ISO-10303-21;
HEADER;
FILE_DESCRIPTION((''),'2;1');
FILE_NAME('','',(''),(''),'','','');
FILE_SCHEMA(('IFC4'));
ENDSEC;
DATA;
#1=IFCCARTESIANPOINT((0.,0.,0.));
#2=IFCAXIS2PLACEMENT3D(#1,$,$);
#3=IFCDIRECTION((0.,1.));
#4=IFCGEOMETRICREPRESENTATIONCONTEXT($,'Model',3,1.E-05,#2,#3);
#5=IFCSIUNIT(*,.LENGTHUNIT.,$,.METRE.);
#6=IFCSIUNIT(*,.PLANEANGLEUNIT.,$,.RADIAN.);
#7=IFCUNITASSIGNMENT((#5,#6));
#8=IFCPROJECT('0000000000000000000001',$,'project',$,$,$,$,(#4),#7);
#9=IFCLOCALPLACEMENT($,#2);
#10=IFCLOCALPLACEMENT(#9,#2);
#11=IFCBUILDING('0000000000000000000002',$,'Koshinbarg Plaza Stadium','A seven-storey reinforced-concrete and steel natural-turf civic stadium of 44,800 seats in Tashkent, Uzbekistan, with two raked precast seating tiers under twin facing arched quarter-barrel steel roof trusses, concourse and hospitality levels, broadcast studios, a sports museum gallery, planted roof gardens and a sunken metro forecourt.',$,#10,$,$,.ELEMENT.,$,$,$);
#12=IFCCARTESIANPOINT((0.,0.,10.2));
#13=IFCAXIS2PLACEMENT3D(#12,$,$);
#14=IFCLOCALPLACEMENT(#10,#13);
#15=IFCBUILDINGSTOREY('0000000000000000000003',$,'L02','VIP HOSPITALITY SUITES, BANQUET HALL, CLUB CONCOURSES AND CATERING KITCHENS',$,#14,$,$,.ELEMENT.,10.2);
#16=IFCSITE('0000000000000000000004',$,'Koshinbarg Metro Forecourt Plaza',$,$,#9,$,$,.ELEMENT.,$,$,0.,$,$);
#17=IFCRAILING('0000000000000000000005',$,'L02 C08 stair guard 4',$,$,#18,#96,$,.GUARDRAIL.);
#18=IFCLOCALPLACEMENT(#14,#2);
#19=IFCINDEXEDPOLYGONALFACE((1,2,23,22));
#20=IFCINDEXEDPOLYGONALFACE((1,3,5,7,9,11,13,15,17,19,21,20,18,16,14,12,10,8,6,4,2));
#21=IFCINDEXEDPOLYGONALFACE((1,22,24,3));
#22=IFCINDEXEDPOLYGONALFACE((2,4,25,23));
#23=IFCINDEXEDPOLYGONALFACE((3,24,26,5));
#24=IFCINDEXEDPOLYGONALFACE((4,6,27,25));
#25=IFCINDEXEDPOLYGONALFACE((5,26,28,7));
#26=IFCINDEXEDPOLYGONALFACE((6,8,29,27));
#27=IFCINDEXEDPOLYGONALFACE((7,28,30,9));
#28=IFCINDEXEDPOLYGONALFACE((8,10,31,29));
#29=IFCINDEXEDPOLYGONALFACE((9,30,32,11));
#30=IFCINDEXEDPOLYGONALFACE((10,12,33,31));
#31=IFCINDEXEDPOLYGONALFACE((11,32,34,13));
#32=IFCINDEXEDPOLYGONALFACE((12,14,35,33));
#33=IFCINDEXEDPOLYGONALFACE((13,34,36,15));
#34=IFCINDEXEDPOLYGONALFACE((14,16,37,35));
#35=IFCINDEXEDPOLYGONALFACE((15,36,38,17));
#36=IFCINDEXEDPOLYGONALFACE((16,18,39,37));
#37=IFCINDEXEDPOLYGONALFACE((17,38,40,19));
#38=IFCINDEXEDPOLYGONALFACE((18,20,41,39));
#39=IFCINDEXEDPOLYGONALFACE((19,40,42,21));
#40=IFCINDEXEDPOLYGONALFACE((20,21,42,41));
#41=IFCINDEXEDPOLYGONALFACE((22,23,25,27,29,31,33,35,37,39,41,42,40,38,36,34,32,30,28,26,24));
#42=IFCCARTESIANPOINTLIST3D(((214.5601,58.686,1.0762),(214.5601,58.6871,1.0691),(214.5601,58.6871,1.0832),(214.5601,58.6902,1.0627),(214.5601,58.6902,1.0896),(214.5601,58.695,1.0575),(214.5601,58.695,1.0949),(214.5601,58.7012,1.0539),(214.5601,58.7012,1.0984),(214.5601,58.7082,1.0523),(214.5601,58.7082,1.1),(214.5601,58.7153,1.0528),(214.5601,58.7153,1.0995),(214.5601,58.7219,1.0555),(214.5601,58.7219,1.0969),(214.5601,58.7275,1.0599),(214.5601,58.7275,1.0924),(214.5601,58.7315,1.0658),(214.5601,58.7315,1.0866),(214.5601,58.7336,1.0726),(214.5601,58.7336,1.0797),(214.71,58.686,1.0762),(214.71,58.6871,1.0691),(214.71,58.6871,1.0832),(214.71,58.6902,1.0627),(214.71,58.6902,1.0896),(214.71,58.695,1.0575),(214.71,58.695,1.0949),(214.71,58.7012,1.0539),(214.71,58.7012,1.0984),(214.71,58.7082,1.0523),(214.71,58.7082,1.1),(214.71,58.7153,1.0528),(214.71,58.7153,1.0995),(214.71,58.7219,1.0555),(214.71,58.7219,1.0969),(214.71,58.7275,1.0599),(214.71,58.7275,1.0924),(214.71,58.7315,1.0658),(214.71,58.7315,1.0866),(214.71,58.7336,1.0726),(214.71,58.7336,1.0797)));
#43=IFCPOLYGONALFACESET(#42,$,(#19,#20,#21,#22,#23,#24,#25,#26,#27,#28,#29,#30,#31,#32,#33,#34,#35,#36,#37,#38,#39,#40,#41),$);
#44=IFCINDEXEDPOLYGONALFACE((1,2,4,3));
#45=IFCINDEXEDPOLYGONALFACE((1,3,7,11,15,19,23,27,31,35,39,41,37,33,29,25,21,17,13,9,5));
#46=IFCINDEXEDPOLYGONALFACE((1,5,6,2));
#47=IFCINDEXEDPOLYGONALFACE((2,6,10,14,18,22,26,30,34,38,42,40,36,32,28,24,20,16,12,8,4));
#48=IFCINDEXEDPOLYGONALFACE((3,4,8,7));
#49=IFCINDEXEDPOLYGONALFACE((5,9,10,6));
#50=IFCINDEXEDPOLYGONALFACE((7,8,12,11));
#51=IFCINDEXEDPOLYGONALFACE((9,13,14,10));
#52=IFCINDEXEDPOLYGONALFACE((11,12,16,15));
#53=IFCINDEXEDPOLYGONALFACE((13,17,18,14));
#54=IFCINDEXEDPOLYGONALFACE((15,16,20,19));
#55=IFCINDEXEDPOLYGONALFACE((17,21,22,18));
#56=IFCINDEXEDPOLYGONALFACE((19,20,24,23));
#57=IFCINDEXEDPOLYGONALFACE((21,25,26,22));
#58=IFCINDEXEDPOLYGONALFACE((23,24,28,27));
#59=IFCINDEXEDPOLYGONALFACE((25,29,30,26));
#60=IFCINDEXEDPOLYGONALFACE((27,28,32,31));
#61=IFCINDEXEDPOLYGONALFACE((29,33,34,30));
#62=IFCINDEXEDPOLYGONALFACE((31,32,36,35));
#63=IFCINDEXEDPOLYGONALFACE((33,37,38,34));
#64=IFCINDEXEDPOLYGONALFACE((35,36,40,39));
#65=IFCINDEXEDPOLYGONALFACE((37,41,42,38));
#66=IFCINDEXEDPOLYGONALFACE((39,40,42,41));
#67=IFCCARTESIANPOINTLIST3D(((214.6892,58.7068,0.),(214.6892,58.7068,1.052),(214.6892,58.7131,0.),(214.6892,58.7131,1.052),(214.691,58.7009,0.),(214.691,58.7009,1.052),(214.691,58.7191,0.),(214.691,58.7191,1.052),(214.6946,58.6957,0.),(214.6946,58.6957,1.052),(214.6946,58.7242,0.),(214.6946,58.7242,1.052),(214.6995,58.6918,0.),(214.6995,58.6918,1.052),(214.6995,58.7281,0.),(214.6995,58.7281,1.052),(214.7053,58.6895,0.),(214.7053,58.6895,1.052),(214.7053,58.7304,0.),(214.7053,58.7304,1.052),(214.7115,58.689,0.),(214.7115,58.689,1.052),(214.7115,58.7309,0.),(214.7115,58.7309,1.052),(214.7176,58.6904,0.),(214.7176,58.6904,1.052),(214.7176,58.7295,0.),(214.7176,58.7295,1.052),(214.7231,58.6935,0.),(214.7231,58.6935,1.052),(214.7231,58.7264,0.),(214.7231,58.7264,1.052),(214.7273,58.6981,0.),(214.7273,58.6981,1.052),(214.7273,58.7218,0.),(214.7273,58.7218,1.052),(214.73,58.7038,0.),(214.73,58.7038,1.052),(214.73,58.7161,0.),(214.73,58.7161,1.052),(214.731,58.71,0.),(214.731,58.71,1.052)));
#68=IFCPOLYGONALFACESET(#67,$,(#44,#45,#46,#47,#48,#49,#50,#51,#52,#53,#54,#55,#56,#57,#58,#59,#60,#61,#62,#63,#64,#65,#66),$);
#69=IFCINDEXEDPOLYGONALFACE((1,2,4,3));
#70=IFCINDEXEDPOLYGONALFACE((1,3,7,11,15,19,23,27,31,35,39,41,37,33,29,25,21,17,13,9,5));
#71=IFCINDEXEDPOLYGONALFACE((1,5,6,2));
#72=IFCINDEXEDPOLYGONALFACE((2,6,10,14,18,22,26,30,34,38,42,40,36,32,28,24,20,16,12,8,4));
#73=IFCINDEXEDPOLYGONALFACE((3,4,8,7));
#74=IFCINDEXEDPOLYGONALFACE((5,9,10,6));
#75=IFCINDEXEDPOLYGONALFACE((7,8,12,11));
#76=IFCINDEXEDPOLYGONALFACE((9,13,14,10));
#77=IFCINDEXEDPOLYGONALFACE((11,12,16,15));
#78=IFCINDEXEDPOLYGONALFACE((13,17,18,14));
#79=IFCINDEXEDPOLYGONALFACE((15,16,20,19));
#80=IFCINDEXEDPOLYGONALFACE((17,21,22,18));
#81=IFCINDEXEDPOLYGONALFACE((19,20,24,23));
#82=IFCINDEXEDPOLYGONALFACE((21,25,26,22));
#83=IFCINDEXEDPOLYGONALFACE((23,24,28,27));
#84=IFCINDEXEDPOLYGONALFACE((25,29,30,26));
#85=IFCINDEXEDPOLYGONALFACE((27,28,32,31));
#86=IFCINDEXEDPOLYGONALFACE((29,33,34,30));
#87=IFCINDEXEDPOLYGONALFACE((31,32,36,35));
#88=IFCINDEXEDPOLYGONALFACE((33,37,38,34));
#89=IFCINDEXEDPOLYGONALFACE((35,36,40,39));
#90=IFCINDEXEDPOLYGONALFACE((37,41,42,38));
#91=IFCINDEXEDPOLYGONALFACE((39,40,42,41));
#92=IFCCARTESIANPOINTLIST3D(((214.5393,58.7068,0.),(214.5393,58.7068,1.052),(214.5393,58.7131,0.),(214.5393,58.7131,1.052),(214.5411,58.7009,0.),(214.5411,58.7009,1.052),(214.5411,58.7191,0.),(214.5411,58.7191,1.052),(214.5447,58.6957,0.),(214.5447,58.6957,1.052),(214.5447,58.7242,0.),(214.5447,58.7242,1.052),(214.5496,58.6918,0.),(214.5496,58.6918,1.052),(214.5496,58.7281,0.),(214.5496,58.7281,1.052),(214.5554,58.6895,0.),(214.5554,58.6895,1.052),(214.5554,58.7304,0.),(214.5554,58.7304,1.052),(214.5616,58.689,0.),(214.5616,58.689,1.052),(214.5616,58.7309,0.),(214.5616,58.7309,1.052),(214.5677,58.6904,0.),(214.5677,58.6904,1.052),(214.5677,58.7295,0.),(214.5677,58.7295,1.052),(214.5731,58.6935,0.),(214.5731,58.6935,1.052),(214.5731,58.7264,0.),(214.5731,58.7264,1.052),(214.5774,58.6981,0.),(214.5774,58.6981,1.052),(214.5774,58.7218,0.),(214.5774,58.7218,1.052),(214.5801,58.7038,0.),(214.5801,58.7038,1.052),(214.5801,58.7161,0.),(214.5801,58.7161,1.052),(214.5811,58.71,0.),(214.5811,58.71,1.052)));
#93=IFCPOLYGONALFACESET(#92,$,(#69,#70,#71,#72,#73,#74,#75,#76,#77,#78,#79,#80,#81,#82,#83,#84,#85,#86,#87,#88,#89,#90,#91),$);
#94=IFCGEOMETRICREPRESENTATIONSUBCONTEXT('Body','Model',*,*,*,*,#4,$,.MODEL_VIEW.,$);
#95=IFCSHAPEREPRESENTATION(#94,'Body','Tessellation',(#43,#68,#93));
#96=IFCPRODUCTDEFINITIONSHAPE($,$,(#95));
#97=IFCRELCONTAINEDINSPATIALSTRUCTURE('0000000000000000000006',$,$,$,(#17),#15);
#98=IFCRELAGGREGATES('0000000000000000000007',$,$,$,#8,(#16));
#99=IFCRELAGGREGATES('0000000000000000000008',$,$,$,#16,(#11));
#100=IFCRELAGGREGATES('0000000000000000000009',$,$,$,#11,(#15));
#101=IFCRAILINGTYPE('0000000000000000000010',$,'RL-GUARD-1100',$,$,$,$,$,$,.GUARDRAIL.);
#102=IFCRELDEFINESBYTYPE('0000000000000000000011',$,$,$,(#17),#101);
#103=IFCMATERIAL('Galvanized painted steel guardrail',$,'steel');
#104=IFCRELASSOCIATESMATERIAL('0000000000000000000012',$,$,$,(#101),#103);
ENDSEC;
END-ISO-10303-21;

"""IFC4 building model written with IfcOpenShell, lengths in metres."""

from ifc_helpers import new_model, si_unit, direction, frame, origin, origin_2d, place, context, subcontext, project, spatial, circle, extrude, material, type_object, element, save


model = new_model("IFC4")

# Units and contexts
model_context = context("Model", 3, precision=1e-05, world=origin(), true_north=direction((0.0, 1.0)))
body_context = subcontext(model_context, "Body", "Model", "MODEL_VIEW")
ifc_project = project(units=[si_unit("LENGTHUNIT", "METRE"), si_unit("PLANEANGLEUNIT", "RADIAN")], contexts=[model_context])

# Site, building, storey
site_placement = place(None, origin())
site = spatial("IfcSite", under=ifc_project, at=site_placement, Name="Koshinbarg Metro Forecourt Plaza", CompositionType="ELEMENT", RefElevation=0.0)
building_placement = place(site_placement, origin())
building = spatial("IfcBuilding", under=site, at=building_placement, Name="Koshinbarg Plaza Stadium", Description="A seven-storey reinforced-concrete and steel natural-turf civic stadium of 44,800 seats in Tashkent, Uzbekistan, with two raked precast seating tiers under twin facing arched quarter-barrel steel roof trusses, concourse and hospitality levels, broadcast studios, a sports museum gallery, planted roof gardens and a sunken metro forecourt.", CompositionType="ELEMENT")
storey_placement = place(building_placement, frame((0.0, 0.0, 10.2)))
storey = spatial("IfcBuildingStorey", under=building, at=storey_placement, Name="L02", Description="VIP HOSPITALITY SUITES, BANQUET HALL, CLUB CONCOURSES AND CATERING KITCHENS", CompositionType="ELEMENT", Elevation=10.2)

# Railing
ifc_material_1 = material(Name="Galvanized painted steel guardrail", Category="steel")
railing_type_1 = type_object("IfcRailingType", Name="RL-GUARD-1100", PredefinedType="GUARDRAIL", material=ifc_material_1)
railing_1_placement = place(storey_placement, frame((214.71, 58.71, 0.0)))
element("IfcRailing", 1, at=railing_1_placement, inside=storey, type_object=railing_type_1, Name="L02 C08 stair guard 4", PredefinedType="GUARDRAIL", context=body_context, shape_type="SweptSolid", body=[
    extrude(circle(Radius=0.0239, at=origin_2d()), frame((0.0, 0.0, 1.0762), z_axis=(-1.0, 0.0, 0.0), x_axis=(0.0, -1.0, 0.0)), (0.0, 0.0, 1.0), 0.1499),
    extrude(circle(Radius=0.021, at=origin_2d()), origin(), (0.0, 0.0, 1.0), 1.052),
    extrude(circle(Radius=0.021, at=origin_2d()), frame((-0.1499, 0.0, 0.0)), (0.0, 0.0, 1.0), 1.052),
])

save(model, "model.ifc")
